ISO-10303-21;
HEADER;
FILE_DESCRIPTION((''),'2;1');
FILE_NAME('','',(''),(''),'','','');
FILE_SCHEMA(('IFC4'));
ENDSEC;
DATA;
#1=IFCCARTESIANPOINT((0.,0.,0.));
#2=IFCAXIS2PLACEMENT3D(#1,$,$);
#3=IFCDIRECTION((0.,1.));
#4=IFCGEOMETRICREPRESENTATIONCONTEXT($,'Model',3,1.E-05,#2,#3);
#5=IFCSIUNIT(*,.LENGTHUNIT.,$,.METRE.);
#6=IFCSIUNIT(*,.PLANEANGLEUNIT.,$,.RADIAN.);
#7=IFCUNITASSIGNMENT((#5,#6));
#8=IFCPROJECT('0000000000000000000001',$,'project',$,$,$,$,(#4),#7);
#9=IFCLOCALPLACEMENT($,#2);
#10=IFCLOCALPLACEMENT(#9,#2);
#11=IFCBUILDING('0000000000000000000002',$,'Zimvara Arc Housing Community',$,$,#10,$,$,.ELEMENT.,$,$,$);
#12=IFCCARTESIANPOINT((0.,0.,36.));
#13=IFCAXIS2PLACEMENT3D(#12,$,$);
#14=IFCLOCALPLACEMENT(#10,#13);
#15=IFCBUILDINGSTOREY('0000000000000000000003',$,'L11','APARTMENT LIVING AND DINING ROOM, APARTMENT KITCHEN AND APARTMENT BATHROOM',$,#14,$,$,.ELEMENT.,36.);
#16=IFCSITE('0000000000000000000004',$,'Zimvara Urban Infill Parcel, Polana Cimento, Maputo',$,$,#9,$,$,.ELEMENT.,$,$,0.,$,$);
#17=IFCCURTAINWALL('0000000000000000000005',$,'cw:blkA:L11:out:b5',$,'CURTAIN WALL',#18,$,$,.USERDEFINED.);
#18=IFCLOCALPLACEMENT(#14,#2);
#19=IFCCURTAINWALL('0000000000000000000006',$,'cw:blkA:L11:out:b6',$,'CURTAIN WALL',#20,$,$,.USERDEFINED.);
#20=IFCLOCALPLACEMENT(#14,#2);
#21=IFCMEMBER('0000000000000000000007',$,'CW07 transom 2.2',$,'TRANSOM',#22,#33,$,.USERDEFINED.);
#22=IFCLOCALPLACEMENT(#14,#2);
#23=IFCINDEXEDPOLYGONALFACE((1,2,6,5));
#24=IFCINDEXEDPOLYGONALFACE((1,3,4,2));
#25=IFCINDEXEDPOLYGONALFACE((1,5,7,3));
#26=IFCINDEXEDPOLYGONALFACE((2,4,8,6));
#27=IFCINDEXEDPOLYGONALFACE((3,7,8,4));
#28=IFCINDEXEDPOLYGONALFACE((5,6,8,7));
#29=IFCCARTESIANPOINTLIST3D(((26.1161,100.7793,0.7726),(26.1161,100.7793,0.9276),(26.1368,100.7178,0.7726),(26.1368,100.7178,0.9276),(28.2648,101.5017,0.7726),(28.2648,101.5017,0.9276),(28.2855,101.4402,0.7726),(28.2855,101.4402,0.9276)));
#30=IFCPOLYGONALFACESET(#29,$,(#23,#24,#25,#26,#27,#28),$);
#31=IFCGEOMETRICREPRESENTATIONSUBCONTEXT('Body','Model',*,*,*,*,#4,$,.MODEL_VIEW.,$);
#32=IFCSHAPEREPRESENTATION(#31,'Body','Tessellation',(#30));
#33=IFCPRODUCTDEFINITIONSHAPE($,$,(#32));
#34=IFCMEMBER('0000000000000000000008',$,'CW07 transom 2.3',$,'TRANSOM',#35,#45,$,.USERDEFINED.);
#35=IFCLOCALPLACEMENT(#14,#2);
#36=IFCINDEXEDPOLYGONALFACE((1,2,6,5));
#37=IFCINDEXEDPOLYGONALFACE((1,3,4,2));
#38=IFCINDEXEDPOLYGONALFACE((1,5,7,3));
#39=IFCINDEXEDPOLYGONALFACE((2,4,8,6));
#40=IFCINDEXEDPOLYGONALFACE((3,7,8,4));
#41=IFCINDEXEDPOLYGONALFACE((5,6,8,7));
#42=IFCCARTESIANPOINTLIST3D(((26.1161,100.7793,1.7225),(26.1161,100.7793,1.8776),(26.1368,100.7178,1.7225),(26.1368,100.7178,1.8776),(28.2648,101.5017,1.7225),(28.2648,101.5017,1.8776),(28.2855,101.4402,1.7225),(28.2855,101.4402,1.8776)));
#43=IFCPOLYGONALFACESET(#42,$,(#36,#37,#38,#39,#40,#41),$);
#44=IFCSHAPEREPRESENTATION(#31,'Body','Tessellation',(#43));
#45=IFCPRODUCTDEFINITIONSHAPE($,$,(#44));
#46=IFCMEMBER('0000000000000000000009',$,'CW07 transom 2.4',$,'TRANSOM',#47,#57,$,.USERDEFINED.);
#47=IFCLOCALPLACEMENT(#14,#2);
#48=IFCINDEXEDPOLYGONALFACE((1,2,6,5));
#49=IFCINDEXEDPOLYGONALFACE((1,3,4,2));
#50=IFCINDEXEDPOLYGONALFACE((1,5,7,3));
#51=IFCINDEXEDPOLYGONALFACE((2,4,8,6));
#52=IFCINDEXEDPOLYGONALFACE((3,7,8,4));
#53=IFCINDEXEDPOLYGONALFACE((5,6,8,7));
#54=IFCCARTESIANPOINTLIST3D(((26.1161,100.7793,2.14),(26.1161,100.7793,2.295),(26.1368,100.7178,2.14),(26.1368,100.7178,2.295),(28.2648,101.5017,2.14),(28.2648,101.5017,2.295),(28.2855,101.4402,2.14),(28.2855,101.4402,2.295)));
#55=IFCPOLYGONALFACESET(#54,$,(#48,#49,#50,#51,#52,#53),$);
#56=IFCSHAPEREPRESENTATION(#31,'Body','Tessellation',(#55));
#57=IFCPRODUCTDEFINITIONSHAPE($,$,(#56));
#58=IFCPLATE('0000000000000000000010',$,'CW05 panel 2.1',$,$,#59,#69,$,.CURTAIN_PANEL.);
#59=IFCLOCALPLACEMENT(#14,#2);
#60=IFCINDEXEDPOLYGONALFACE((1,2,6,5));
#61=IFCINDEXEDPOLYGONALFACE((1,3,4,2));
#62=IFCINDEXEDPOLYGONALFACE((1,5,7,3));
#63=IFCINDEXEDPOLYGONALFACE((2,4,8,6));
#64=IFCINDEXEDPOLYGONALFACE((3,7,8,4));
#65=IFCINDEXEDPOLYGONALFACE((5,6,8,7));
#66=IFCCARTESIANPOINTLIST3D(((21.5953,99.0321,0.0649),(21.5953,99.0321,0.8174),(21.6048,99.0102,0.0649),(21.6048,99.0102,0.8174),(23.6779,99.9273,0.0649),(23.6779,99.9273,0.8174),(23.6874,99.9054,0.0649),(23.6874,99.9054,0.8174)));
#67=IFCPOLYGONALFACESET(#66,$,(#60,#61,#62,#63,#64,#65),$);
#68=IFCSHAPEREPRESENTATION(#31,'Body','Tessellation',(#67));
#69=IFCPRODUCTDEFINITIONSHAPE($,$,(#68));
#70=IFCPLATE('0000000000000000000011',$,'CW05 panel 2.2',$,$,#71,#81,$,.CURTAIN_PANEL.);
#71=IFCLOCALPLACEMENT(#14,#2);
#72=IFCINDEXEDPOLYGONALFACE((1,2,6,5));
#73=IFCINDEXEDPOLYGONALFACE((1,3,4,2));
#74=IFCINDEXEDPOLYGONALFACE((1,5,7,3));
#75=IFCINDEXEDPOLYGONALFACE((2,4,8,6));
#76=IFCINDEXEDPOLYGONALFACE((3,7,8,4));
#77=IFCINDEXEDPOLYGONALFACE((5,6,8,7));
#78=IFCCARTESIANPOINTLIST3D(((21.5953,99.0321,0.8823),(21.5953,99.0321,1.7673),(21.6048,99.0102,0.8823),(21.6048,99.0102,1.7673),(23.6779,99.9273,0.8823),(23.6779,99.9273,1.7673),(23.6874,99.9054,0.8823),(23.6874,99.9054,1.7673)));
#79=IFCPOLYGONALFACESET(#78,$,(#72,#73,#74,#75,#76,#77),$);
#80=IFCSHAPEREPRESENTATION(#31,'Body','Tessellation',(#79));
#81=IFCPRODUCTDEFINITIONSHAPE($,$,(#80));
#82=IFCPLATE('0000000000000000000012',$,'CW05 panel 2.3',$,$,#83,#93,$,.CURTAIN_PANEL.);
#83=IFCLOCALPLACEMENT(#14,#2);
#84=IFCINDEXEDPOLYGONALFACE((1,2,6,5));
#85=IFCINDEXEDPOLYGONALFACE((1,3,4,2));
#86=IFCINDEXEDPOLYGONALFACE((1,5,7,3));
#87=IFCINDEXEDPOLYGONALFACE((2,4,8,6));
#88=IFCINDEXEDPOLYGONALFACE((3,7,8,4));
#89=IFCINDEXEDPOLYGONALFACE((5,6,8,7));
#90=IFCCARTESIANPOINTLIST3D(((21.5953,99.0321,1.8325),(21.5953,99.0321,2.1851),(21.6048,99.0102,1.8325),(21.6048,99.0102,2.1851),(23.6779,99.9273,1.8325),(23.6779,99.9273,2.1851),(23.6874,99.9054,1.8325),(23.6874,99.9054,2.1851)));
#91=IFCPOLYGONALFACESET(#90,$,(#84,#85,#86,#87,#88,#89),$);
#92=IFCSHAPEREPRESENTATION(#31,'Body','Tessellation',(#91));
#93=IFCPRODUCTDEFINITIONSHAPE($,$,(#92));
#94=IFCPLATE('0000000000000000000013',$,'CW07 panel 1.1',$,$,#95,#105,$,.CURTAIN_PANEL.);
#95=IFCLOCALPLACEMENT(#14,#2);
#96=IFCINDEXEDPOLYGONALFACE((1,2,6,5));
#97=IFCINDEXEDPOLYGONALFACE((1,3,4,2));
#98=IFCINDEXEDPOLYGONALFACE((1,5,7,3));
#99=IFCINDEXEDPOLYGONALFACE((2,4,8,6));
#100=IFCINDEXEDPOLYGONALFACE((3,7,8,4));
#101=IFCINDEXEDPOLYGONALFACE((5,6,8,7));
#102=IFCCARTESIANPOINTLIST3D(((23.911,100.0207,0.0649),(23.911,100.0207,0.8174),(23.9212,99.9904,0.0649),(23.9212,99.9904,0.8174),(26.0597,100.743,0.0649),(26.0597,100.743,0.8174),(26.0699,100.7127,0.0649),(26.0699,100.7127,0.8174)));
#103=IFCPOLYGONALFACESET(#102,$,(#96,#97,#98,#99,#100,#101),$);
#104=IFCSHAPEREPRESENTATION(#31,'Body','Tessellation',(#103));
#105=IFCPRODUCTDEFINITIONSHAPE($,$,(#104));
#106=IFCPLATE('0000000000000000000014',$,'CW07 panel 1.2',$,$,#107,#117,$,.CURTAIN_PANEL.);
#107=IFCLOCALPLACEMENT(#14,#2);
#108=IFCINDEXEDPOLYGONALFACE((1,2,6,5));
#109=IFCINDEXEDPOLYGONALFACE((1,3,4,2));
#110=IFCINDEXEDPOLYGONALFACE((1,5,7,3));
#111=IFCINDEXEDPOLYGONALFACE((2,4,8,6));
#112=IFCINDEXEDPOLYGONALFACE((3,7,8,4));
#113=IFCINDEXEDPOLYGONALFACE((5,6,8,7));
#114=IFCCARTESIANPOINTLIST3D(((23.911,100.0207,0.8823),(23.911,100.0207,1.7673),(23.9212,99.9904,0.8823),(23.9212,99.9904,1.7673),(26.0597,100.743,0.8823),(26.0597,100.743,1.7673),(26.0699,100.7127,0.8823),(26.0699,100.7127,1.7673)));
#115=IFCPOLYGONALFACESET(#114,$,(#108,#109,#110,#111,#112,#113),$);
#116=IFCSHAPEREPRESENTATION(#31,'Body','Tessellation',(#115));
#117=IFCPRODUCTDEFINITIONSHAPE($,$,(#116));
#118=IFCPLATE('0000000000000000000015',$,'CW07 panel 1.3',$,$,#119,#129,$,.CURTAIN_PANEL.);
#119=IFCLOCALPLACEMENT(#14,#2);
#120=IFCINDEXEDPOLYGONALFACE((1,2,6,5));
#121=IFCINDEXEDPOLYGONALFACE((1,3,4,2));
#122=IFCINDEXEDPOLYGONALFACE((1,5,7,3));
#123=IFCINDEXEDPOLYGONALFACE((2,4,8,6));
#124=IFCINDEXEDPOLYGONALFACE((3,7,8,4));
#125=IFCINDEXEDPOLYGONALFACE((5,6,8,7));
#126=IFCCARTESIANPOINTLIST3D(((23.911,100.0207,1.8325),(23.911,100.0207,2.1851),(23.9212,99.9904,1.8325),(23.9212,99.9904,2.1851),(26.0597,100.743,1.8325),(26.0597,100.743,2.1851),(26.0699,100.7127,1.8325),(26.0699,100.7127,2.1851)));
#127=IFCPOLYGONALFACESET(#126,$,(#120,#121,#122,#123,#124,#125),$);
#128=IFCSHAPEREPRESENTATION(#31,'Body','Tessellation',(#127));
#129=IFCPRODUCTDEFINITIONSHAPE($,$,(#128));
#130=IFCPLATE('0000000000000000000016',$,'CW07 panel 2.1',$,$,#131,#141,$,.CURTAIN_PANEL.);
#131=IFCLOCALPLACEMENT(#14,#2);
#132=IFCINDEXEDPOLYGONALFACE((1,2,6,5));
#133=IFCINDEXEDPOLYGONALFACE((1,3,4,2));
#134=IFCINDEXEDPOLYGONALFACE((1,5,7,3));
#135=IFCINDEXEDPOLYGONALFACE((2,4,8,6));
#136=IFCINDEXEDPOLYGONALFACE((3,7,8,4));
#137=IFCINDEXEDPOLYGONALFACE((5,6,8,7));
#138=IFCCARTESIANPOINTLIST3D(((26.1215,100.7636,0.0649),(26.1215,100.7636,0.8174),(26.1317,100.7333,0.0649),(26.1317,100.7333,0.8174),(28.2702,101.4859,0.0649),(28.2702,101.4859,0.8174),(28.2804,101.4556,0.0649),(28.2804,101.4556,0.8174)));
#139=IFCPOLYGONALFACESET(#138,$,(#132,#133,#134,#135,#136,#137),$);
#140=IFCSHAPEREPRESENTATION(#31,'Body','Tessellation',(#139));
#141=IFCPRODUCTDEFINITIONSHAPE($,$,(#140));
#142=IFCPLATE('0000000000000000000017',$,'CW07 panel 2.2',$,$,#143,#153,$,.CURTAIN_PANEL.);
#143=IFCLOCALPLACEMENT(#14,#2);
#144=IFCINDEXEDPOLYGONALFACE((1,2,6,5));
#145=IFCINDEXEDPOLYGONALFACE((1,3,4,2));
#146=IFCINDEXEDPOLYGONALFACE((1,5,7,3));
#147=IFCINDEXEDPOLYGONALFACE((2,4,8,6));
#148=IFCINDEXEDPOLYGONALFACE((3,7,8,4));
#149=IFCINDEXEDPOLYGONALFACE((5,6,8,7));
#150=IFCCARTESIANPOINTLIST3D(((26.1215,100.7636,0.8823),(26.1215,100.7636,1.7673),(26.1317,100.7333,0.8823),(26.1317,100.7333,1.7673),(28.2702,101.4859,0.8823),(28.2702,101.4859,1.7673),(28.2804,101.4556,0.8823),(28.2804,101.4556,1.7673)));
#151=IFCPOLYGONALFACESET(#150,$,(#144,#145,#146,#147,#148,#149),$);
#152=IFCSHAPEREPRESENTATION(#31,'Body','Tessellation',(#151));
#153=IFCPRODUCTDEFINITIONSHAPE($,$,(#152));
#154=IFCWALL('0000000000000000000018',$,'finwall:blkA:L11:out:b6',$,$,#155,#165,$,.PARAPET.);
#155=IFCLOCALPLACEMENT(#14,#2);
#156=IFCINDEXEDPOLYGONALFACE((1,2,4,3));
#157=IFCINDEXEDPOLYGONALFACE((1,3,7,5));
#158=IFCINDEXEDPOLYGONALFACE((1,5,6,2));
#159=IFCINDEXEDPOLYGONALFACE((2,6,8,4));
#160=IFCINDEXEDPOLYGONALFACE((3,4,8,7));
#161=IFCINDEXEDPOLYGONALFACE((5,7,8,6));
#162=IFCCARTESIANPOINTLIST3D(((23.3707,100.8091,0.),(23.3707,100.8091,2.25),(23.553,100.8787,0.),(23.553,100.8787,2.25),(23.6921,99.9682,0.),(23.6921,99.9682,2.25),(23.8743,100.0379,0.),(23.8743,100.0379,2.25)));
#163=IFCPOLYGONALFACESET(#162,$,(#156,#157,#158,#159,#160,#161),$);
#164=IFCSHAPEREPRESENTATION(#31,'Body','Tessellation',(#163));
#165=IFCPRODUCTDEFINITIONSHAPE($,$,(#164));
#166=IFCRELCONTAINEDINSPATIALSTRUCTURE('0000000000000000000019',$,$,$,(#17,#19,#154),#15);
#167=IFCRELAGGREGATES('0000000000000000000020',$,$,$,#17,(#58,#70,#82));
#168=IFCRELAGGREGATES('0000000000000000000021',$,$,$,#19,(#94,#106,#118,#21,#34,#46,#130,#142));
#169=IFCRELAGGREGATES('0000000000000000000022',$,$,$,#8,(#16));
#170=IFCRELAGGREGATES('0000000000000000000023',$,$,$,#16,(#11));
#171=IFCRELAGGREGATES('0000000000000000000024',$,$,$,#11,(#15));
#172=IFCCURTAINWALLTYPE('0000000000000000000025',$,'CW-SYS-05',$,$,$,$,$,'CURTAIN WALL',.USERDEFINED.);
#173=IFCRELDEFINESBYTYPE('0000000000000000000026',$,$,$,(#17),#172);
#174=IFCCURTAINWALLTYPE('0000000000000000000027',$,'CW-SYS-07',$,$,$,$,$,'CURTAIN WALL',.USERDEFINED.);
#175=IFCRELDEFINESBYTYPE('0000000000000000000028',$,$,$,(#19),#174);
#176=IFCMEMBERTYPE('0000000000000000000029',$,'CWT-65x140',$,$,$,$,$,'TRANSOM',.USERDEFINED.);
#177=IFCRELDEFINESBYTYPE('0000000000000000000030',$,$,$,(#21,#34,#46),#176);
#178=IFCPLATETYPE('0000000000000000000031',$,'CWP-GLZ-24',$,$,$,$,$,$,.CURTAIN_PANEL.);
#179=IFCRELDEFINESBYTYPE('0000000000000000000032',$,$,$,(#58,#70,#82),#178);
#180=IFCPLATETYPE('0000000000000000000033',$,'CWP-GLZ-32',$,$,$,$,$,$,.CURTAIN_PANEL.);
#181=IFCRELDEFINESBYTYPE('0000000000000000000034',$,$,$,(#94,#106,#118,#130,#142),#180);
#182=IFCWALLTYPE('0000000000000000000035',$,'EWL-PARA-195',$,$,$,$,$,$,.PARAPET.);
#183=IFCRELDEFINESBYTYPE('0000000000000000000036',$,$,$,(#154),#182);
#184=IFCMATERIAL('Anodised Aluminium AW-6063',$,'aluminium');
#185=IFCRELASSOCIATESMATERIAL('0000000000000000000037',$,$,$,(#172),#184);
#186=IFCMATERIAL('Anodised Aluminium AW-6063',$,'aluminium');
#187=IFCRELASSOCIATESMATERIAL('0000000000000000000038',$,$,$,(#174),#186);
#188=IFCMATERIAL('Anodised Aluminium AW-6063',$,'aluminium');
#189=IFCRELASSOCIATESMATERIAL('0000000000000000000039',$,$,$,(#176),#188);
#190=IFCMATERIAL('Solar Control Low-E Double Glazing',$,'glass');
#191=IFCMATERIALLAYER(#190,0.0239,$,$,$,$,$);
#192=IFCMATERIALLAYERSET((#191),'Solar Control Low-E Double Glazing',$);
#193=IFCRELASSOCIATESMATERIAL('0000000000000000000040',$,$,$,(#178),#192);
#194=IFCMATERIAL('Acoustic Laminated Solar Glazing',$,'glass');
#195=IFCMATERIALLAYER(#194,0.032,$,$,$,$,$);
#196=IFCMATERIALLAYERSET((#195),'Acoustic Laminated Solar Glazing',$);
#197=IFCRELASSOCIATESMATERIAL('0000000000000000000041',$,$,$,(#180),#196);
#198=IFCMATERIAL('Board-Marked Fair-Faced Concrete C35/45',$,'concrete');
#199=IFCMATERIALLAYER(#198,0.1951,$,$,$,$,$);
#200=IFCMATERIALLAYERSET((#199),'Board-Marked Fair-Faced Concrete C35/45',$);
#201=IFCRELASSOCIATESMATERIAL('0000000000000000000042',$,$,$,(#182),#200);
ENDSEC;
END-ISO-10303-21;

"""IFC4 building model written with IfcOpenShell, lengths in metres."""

from ifc_helpers import new_model, si_unit, direction, frame, frame_2d, origin, origin_2d, place, context, subcontext, project, spatial, rectangle, extrude, material, layer, layer_set, material_profile, profile_set, type_object, element, aggregate, save


model = new_model("IFC4")

# Units and contexts
model_context = context("Model", 3, precision=1e-05, world=origin(), true_north=direction((0.0, 1.0)))
body_context = subcontext(model_context, "Body", "Model", "MODEL_VIEW")
ifc_project = project(units=[si_unit("LENGTHUNIT", "METRE"), si_unit("PLANEANGLEUNIT", "RADIAN")], contexts=[model_context])

# Site, building, storey
site_placement = place(None, origin())
site = spatial("IfcSite", under=ifc_project, at=site_placement, Name="Zimvara Urban Infill Parcel, Polana Cimento, Maputo", CompositionType="ELEMENT", RefElevation=0.0)
building_placement = place(site_placement, origin())
building = spatial("IfcBuilding", under=site, at=building_placement, Name="Zimvara Arc Housing Community", CompositionType="ELEMENT")
storey_placement = place(building_placement, frame((0.0, 0.0, 36.0)))
storey = spatial("IfcBuildingStorey", under=building, at=storey_placement, Name="L11", Description="APARTMENT LIVING AND DINING ROOM, APARTMENT KITCHEN AND APARTMENT BATHROOM", CompositionType="ELEMENT", Elevation=36.0)

# Curtain wall
ifc_material_1 = material(Name="Anodised Aluminium AW-6063", Category="aluminium")
curtain_wall_type_1 = type_object("IfcCurtainWallType", Name="CW-SYS-05", ElementType="CURTAIN WALL", PredefinedType="USERDEFINED", material=ifc_material_1)
curtain_wall_1_placement = place(storey_placement, origin())
curtain_wall_1 = element("IfcCurtainWall", 1, at=curtain_wall_1_placement, inside=storey, type_object=curtain_wall_type_1, Name="cw:blkA:L11:out:b5", ObjectType="CURTAIN WALL", PredefinedType="USERDEFINED")

# Curtain wall
ifc_material_2 = material(Name="Anodised Aluminium AW-6063", Category="aluminium")
curtain_wall_type_2 = type_object("IfcCurtainWallType", Name="CW-SYS-07", ElementType="CURTAIN WALL", PredefinedType="USERDEFINED", material=ifc_material_2)
curtain_wall_2_placement = place(storey_placement, origin())
curtain_wall_2 = element("IfcCurtainWall", 2, at=curtain_wall_2_placement, inside=storey, type_object=curtain_wall_type_2, Name="cw:blkA:L11:out:b6", ObjectType="CURTAIN WALL", PredefinedType="USERDEFINED")

# Members
ifc_material_3 = material(Name="Anodised Aluminium AW-6063", Category="aluminium")
ifc_material_profile_1 = material_profile(ifc_material_3, rectangle(XDim=0.0649, YDim=0.155, at=origin_2d()), Name="ALU 65x155")
ifc_profile_set_1 = profile_set([ifc_material_profile_1], Name="Anodised Aluminium AW-6063")
member_type_1 = type_object("IfcMemberType", Name="CWT-65x140", ElementType="TRANSOM", PredefinedType="USERDEFINED", material=ifc_profile_set_1)
member_1_placement = place(storey_placement, frame((26.1265, 100.7485, 0.8501), z_axis=(0.947862, 0.318682, 0.0), x_axis=(-0.318682, 0.947862, 0.0)))
member_1 = element("IfcMember", 3, at=member_1_placement, type_object=member_type_1, Name="CW07 transom 2.2", ObjectType="TRANSOM", PredefinedType="USERDEFINED", context=body_context, shape_type="SweptSolid", body=[
    extrude(rectangle(XDim=0.0649, YDim=0.155, at=origin_2d()), origin(), (0.0, 0.0, 1.0), 2.2668),
])
member_2_placement = place(storey_placement, frame((26.1265, 100.7485, 1.8), z_axis=(0.947862, 0.318682, 0.0), x_axis=(-0.318682, 0.947862, 0.0)))
member_2 = element("IfcMember", 4, at=member_2_placement, type_object=member_type_1, Name="CW07 transom 2.3", ObjectType="TRANSOM", PredefinedType="USERDEFINED", context=body_context, shape_type="SweptSolid", body=[
    extrude(rectangle(XDim=0.0649, YDim=0.155, at=origin_2d()), origin(), (0.0, 0.0, 1.0), 2.2668),
])
member_3_placement = place(storey_placement, frame((26.1265, 100.7485, 2.2175), z_axis=(0.947862, 0.318682, 0.0), x_axis=(-0.318682, 0.947862, 0.0)))
member_3 = element("IfcMember", 5, at=member_3_placement, type_object=member_type_1, Name="CW07 transom 2.4", ObjectType="TRANSOM", PredefinedType="USERDEFINED", context=body_context, shape_type="SweptSolid", body=[
    extrude(rectangle(XDim=0.0649, YDim=0.155, at=origin_2d()), origin(), (0.0, 0.0, 1.0), 2.2668),
])

# Plates
ifc_material_4 = material(Name="Solar Control Low-E Double Glazing", Category="glass")
ifc_layer_1 = layer(ifc_material_4, 0.0239)
ifc_layer_set_1 = layer_set([ifc_layer_1], Name="Solar Control Low-E Double Glazing")
plate_type_1 = type_object("IfcPlateType", Name="CWP-GLZ-24", PredefinedType="CURTAIN_PANEL", material=ifc_layer_set_1)
plate_1_placement = place(storey_placement, frame((22.6414, 99.4688, 0.0649), z_axis=(0.0, 0.0, 1.0), x_axis=(0.918722, 0.394904, 0.0)))
plate_1 = element("IfcPlate", 6, at=plate_1_placement, type_object=plate_type_1, Name="CW05 panel 2.1", PredefinedType="CURTAIN_PANEL", context=body_context, shape_type="SweptSolid", body=[
    extrude(rectangle(XDim=2.2668, YDim=0.0239, at=origin_2d()), origin(), (0.0, 0.0, 1.0), 0.7524),
])
plate_2_placement = place(storey_placement, frame((22.6414, 99.4688, 0.8823), z_axis=(0.0, 0.0, 1.0), x_axis=(0.918722, 0.394904, 0.0)))
plate_2 = element("IfcPlate", 7, at=plate_2_placement, type_object=plate_type_1, Name="CW05 panel 2.2", PredefinedType="CURTAIN_PANEL", context=body_context, shape_type="SweptSolid", body=[
    extrude(rectangle(XDim=2.2668, YDim=0.0239, at=origin_2d()), origin(), (0.0, 0.0, 1.0), 0.885),
])
plate_3_placement = place(storey_placement, frame((22.6414, 99.4688, 1.8325), z_axis=(0.0, 0.0, 1.0), x_axis=(0.918722, 0.394904, 0.0)))
plate_3 = element("IfcPlate", 8, at=plate_3_placement, type_object=plate_type_1, Name="CW05 panel 2.3", PredefinedType="CURTAIN_PANEL", context=body_context, shape_type="SweptSolid", body=[
    extrude(rectangle(XDim=2.2668, YDim=0.0239, at=origin_2d()), origin(), (0.0, 0.0, 1.0), 0.3525),
])
aggregate(curtain_wall_1, [plate_1, plate_2, plate_3])
ifc_material_5 = material(Name="Acoustic Laminated Solar Glazing", Category="glass")
ifc_layer_2 = layer(ifc_material_5, 0.032)
ifc_layer_set_2 = layer_set([ifc_layer_2], Name="Acoustic Laminated Solar Glazing")
plate_type_2 = type_object("IfcPlateType", Name="CWP-GLZ-32", PredefinedType="CURTAIN_PANEL", material=ifc_layer_set_2)
plate_4_placement = place(storey_placement, frame((24.9905, 100.3667, 0.0649), z_axis=(0.0, 0.0, 1.0), x_axis=(0.94788, 0.318629, 0.0)))
plate_4 = element("IfcPlate", 9, at=plate_4_placement, type_object=plate_type_2, Name="CW07 panel 1.1", PredefinedType="CURTAIN_PANEL", context=body_context, shape_type="SweptSolid", body=[
    extrude(rectangle(XDim=2.2668, YDim=0.032, at=origin_2d()), origin(), (0.0, 0.0, 1.0), 0.7524),
])
plate_5_placement = place(storey_placement, frame((24.9905, 100.3667, 0.8823), z_axis=(0.0, 0.0, 1.0), x_axis=(0.94788, 0.318629, 0.0)))
plate_5 = element("IfcPlate", 10, at=plate_5_placement, type_object=plate_type_2, Name="CW07 panel 1.2", PredefinedType="CURTAIN_PANEL", context=body_context, shape_type="SweptSolid", body=[
    extrude(rectangle(XDim=2.2668, YDim=0.032, at=origin_2d()), origin(), (0.0, 0.0, 1.0), 0.885),
])
plate_6_placement = place(storey_placement, frame((24.9905, 100.3667, 1.8325), z_axis=(0.0, 0.0, 1.0), x_axis=(0.94788, 0.318629, 0.0)))
plate_6 = element("IfcPlate", 11, at=plate_6_placement, type_object=plate_type_2, Name="CW07 panel 1.3", PredefinedType="CURTAIN_PANEL", context=body_context, shape_type="SweptSolid", body=[
    extrude(rectangle(XDim=2.2668, YDim=0.032, at=origin_2d()), origin(), (0.0, 0.0, 1.0), 0.3525),
])
plate_7_placement = place(storey_placement, frame((27.2009, 101.1096, 0.0649), z_axis=(0.0, 0.0, 1.0), x_axis=(0.94788, 0.318629, 0.0)))
plate_7 = element("IfcPlate", 12, at=plate_7_placement, type_object=plate_type_2, Name="CW07 panel 2.1", PredefinedType="CURTAIN_PANEL", context=body_context, shape_type="SweptSolid", body=[
    extrude(rectangle(XDim=2.2668, YDim=0.032, at=origin_2d()), origin(), (0.0, 0.0, 1.0), 0.7524),
])
plate_8_placement = place(storey_placement, frame((27.2009, 101.1096, 0.8823), z_axis=(0.0, 0.0, 1.0), x_axis=(0.94788, 0.318629, 0.0)))
plate_8 = element("IfcPlate", 13, at=plate_8_placement, type_object=plate_type_2, Name="CW07 panel 2.2", PredefinedType="CURTAIN_PANEL", context=body_context, shape_type="SweptSolid", body=[
    extrude(rectangle(XDim=2.2668, YDim=0.032, at=origin_2d()), origin(), (0.0, 0.0, 1.0), 0.885),
])
aggregate(curtain_wall_2, [plate_4, plate_5, plate_6, member_1, member_2, member_3, plate_7, plate_8])

# Wall
ifc_material_6 = material(Name="Board-Marked Fair-Faced Concrete C35/45", Category="concrete")
ifc_layer_3 = layer(ifc_material_6, 0.1951)
ifc_layer_set_3 = layer_set([ifc_layer_3], Name="Board-Marked Fair-Faced Concrete C35/45")
wall_type = type_object("IfcWallType", Name="EWL-PARA-195", PredefinedType="PARAPET", material=ifc_layer_set_3)
wall_placement = place(storey_placement, frame((23.7832, 100.0029, 0.0), z_axis=(0.0, 0.0, 1.0), x_axis=(-0.356943, 0.934126, 0.0)))
element("IfcWall", 14, at=wall_placement, inside=storey, type_object=wall_type, Name="finwall:blkA:L11:out:b6", PredefinedType="PARAPET", context=body_context, shape_type="SweptSolid", body=[
    extrude(rectangle(XDim=0.9001, YDim=0.1951, at=frame_2d((0.4502, 0.0))), origin(), (0.0, 0.0, 1.0), 2.25),
])

save(model, "model.ifc")
